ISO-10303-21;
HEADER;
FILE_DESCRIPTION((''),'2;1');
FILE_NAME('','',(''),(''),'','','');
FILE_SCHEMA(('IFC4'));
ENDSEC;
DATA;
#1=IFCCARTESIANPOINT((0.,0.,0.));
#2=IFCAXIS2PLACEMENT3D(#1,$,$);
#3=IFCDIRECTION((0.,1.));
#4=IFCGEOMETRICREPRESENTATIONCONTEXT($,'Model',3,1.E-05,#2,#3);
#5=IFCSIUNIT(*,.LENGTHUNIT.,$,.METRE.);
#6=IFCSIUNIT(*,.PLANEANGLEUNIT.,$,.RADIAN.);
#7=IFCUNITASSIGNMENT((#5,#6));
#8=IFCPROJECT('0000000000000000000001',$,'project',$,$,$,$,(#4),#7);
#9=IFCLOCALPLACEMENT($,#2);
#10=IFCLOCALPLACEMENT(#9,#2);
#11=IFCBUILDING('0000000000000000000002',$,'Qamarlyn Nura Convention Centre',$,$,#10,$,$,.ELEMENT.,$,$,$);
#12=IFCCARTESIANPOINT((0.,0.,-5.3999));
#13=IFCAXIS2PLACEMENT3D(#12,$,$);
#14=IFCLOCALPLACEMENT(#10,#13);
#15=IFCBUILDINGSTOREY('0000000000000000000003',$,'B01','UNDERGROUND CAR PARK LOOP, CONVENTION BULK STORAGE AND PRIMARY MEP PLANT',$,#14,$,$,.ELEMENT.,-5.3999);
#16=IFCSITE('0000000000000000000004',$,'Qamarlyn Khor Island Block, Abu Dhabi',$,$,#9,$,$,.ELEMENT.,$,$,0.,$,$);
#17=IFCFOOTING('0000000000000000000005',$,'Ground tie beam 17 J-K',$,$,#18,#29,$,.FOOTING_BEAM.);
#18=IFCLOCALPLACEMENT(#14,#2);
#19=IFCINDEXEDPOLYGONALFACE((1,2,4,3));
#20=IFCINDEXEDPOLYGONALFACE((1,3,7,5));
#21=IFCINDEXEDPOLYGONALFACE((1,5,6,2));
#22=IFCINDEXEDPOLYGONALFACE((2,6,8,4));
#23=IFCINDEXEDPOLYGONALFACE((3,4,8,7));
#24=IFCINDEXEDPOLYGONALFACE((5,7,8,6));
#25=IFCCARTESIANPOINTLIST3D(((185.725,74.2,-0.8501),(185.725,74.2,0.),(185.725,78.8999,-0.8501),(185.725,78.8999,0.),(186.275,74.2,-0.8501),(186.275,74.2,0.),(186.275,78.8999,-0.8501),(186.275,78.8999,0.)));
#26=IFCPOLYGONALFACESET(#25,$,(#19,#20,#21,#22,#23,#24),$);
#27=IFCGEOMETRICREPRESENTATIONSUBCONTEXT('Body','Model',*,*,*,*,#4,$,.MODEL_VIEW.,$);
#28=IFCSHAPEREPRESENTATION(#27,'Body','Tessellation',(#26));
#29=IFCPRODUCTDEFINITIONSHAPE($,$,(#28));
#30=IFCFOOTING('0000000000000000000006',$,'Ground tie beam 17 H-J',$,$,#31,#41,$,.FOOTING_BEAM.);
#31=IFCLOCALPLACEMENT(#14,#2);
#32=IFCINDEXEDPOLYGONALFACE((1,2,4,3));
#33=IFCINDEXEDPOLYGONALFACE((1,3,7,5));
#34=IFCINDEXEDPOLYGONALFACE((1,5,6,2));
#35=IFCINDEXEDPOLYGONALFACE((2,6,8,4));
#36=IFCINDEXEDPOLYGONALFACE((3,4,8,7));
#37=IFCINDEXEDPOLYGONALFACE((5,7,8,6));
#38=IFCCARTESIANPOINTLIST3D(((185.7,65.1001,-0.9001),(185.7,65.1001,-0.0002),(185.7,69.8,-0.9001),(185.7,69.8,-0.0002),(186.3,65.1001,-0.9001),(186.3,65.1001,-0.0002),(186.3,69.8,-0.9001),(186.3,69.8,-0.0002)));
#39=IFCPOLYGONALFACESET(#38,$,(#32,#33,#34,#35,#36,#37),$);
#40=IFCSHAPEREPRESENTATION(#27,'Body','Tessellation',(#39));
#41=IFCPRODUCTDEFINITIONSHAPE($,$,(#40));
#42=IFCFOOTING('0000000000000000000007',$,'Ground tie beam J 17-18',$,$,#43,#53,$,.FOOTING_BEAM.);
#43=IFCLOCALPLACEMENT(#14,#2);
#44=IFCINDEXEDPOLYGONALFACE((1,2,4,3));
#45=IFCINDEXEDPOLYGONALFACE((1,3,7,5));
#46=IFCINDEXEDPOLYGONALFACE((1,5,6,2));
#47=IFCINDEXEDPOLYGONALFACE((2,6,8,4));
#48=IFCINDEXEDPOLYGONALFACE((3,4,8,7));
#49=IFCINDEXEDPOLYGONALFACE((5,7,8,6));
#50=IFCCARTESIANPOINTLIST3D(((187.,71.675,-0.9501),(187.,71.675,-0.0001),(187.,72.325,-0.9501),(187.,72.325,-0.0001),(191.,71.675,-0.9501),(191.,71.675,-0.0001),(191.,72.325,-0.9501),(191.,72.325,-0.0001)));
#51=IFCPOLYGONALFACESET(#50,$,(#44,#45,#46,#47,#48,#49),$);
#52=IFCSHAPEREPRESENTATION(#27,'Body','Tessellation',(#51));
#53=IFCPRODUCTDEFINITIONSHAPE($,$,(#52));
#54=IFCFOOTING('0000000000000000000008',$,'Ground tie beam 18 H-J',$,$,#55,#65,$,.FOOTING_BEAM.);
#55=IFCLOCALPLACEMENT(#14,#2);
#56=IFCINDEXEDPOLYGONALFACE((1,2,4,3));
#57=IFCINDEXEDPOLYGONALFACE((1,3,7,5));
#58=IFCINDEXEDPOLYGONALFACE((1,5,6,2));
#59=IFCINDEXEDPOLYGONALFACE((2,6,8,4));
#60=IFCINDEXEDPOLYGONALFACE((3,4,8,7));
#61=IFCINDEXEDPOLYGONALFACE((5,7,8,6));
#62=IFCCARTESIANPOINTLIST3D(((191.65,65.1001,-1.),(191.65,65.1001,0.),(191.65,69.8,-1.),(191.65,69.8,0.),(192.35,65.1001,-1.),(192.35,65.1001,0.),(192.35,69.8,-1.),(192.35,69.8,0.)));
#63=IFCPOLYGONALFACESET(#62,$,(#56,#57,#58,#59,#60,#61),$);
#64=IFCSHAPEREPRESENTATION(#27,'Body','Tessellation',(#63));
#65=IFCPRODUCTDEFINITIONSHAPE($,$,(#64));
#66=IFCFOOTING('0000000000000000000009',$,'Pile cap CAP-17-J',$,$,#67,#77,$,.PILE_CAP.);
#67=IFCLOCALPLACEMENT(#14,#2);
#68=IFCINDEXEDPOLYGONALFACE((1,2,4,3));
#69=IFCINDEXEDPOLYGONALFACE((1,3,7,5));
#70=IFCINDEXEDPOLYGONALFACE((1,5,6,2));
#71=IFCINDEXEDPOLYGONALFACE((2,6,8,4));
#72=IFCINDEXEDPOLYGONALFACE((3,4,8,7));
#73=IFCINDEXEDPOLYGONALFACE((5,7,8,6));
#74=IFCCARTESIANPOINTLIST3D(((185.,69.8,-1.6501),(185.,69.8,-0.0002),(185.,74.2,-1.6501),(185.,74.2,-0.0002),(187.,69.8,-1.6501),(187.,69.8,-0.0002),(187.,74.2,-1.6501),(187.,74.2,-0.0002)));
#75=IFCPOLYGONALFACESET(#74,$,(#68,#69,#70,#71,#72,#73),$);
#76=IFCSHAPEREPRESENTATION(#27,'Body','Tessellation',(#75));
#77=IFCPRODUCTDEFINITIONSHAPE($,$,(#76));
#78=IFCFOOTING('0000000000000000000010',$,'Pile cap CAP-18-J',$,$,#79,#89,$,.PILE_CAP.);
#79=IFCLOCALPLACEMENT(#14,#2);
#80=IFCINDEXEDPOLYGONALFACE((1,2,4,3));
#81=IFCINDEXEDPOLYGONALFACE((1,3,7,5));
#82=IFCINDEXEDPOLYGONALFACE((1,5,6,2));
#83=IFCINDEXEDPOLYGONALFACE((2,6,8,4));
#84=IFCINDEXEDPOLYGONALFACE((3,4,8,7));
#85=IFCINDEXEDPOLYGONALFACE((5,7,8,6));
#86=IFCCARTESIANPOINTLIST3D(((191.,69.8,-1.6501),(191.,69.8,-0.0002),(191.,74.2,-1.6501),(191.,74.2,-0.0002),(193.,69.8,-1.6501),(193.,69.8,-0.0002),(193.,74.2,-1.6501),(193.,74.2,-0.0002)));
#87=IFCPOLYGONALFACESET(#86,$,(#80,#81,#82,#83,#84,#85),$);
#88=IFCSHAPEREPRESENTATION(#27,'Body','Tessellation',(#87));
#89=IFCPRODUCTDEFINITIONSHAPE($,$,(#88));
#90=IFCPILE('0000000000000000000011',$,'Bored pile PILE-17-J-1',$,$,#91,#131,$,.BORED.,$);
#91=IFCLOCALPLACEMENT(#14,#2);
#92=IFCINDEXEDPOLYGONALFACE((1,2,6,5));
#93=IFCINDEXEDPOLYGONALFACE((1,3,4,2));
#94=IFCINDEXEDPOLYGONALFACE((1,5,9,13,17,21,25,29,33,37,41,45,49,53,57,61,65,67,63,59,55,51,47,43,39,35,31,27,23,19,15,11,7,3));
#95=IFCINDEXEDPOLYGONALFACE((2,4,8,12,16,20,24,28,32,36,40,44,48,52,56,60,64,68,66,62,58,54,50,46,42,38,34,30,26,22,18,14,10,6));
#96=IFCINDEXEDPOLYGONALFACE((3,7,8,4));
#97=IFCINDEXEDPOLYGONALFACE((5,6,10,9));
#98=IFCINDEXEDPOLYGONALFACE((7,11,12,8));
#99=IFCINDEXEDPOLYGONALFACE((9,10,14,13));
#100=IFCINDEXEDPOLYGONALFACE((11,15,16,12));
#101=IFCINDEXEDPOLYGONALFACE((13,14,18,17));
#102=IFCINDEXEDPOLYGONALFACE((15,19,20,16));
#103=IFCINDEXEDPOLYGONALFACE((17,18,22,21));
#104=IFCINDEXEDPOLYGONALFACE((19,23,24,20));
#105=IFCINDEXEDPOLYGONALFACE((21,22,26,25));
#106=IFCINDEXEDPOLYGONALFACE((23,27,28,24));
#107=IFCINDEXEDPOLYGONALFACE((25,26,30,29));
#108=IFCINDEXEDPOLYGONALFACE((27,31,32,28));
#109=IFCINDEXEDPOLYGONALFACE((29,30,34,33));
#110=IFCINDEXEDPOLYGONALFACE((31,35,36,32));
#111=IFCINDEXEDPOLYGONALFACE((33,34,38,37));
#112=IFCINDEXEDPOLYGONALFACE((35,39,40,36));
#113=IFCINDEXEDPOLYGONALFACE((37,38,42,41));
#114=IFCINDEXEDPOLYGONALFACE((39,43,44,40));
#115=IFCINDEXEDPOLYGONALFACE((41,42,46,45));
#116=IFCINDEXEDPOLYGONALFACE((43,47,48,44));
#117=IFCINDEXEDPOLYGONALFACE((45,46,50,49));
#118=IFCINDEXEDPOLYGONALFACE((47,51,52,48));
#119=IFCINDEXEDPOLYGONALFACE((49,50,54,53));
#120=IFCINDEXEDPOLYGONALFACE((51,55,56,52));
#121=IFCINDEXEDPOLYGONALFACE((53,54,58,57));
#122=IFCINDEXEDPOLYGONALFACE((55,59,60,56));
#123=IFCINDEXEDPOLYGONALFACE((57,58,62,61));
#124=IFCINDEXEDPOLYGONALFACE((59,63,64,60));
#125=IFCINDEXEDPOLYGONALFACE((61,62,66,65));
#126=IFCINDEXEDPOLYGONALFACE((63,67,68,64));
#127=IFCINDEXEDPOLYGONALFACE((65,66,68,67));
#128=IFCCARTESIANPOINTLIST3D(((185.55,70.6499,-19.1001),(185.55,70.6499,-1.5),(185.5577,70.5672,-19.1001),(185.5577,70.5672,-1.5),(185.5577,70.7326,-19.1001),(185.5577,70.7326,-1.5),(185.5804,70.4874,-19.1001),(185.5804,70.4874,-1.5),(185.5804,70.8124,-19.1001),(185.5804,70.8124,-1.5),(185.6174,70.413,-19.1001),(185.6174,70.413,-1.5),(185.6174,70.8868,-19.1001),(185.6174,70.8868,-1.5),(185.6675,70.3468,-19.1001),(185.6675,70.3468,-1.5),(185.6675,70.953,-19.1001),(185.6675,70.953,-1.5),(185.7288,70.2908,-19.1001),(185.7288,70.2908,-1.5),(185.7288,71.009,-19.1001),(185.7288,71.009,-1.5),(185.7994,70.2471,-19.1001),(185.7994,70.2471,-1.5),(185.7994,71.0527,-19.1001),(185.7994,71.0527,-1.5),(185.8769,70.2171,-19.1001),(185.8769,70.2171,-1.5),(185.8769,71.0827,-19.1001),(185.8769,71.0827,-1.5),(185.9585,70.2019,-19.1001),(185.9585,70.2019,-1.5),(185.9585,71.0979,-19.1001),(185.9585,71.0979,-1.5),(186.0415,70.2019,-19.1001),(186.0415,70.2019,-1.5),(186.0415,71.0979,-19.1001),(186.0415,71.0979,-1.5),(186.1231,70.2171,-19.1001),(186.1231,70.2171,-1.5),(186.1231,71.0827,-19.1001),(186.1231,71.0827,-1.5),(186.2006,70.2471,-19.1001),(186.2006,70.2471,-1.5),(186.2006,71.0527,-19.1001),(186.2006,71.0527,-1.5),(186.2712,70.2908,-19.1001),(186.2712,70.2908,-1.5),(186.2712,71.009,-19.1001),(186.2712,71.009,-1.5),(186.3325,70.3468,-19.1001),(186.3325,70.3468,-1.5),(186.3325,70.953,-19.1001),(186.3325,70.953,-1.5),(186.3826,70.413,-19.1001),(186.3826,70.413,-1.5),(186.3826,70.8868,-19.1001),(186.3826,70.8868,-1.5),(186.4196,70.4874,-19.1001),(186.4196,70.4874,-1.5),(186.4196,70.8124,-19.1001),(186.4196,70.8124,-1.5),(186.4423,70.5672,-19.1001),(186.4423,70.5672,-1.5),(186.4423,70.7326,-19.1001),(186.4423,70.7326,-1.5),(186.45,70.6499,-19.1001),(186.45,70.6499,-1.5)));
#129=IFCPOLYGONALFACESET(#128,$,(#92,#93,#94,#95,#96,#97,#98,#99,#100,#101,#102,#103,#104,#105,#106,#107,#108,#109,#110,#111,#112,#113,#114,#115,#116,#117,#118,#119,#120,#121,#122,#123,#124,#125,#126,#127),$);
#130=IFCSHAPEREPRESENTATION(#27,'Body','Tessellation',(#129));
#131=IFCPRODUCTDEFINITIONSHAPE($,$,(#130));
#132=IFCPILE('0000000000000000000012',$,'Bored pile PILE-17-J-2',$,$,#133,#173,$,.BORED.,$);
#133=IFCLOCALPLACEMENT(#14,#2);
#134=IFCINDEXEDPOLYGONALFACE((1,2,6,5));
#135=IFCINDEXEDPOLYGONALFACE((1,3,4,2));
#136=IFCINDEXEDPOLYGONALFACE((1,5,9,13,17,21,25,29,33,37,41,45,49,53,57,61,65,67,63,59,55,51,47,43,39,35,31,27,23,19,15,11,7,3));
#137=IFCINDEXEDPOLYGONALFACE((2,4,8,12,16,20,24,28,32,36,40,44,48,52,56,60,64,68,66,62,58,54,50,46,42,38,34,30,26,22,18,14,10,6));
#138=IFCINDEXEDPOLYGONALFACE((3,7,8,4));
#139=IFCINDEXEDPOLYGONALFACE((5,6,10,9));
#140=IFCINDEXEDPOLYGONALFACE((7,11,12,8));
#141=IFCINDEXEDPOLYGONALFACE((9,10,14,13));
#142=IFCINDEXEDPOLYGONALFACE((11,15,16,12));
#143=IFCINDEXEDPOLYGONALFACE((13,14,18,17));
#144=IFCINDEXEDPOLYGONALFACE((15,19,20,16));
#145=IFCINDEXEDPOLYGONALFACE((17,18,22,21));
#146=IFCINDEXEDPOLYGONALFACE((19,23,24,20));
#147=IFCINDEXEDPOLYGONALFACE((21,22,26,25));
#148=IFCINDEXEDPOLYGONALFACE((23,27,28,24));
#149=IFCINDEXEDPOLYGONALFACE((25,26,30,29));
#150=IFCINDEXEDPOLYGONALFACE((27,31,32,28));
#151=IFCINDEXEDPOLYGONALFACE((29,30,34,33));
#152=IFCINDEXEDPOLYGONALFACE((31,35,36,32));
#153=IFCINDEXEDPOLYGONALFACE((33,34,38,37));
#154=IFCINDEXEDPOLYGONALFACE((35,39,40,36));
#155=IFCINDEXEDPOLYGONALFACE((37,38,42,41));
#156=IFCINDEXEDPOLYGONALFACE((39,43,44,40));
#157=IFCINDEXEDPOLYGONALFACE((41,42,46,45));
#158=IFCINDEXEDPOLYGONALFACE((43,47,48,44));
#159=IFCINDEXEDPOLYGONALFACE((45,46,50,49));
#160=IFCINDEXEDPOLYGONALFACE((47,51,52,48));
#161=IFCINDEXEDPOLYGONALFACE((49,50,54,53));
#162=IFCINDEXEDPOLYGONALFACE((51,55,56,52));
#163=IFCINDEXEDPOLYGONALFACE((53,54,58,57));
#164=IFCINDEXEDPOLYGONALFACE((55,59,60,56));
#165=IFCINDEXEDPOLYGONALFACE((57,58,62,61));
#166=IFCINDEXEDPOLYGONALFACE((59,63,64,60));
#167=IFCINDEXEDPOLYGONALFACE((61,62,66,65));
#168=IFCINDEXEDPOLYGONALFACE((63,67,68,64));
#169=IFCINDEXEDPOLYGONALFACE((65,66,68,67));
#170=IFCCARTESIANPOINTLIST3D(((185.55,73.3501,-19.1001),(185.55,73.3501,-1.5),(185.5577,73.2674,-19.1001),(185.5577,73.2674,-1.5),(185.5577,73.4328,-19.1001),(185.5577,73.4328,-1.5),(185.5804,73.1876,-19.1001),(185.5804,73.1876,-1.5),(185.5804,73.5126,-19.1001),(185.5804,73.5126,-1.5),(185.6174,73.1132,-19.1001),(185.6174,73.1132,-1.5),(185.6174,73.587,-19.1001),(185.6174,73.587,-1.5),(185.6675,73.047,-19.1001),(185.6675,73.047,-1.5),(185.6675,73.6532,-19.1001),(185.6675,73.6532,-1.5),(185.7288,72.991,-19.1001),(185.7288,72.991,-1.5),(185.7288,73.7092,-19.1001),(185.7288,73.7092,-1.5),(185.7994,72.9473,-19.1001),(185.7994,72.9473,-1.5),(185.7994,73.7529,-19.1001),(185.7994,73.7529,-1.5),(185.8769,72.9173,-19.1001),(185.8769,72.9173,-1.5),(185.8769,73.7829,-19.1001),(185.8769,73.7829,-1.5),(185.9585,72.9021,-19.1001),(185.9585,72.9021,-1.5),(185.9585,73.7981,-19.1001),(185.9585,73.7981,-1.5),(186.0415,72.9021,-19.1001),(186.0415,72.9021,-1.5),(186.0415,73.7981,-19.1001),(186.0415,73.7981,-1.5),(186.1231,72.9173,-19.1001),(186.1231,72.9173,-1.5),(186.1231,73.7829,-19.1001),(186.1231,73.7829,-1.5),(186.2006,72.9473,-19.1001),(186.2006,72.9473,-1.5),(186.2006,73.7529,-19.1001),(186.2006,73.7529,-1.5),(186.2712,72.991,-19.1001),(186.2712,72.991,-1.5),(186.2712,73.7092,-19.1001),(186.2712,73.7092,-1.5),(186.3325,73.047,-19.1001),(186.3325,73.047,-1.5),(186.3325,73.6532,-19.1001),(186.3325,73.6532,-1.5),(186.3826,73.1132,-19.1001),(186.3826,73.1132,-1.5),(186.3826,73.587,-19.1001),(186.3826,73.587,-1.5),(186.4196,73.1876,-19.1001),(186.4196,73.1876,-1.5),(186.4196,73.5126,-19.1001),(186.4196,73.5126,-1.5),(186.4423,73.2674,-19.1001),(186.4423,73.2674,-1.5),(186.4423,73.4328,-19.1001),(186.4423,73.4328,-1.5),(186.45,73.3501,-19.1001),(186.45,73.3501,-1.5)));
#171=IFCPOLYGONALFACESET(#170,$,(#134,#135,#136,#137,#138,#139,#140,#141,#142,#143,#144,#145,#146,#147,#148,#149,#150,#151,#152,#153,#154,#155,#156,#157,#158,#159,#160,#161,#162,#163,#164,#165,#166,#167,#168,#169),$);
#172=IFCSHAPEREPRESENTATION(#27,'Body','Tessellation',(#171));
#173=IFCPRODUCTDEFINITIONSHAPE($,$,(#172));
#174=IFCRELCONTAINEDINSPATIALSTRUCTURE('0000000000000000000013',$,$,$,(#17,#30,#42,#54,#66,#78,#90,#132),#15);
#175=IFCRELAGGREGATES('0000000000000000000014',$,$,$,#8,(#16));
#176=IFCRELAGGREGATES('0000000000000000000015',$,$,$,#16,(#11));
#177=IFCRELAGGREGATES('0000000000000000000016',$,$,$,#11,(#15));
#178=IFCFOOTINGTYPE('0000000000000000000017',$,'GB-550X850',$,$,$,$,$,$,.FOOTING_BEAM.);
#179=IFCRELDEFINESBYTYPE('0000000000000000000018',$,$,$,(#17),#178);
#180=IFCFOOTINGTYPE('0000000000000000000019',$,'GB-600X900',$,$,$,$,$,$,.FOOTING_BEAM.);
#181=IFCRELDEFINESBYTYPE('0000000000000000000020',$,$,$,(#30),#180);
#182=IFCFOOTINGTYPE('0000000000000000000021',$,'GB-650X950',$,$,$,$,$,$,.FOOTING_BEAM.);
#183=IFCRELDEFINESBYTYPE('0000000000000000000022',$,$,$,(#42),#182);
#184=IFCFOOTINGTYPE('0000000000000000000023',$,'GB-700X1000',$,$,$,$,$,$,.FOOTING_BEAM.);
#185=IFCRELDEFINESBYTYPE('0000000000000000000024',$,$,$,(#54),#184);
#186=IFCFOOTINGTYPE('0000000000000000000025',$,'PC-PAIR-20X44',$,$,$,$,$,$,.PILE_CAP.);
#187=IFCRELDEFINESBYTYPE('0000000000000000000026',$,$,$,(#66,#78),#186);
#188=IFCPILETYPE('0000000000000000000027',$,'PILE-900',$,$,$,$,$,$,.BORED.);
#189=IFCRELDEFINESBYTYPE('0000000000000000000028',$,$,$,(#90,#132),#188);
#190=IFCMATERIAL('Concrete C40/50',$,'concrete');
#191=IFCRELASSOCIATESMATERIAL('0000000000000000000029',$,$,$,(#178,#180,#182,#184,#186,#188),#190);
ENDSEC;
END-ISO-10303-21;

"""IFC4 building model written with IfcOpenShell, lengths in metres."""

from ifc_helpers import new_model, si_unit, direction, frame, origin, origin_2d, place, context, subcontext, project, spatial, rectangle, circle, extrude, material, material_profile, profile_set, type_object, element, save


model = new_model("IFC4")

# Units and contexts
model_context = context("Model", 3, precision=1e-05, world=origin(), true_north=direction((0.0, 1.0)))
body_context = subcontext(model_context, "Body", "Model", "MODEL_VIEW")
ifc_project = project(units=[si_unit("LENGTHUNIT", "METRE"), si_unit("PLANEANGLEUNIT", "RADIAN")], contexts=[model_context])

# Site, building, storey
site_placement = place(None, origin())
site = spatial("IfcSite", under=ifc_project, at=site_placement, Name="Qamarlyn Khor Island Block, Abu Dhabi", CompositionType="ELEMENT", RefElevation=0.0)
building_placement = place(site_placement, origin())
building = spatial("IfcBuilding", under=site, at=building_placement, Name="Qamarlyn Nura Convention Centre", CompositionType="ELEMENT")
storey_placement = place(building_placement, frame((0.0, 0.0, -5.3999)))
storey = spatial("IfcBuildingStorey", under=building, at=storey_placement, Name="B01", Description="UNDERGROUND CAR PARK LOOP, CONVENTION BULK STORAGE AND PRIMARY MEP PLANT", CompositionType="ELEMENT", Elevation=-5.3999)

# Footings
ifc_material_1 = material(Name="Concrete C40/50", Category="concrete")
ifc_material_profile_1 = material_profile(ifc_material_1, rectangle(XDim=0.55, YDim=0.8501, at=origin_2d()), Name="RC GB 550x850")
ifc_profile_set_1 = profile_set([ifc_material_profile_1], Name="Concrete C40/50")
footing_type_1 = type_object("IfcFootingType", Name="GB-550X850", PredefinedType="FOOTING_BEAM", material=ifc_profile_set_1)
footing_1_placement = place(storey_placement, frame((186.0, 74.2, -0.425), z_axis=(0.0, 1.0, 0.0), x_axis=(-1.0, 0.0, 0.0)))
element("IfcFooting", 1, at=footing_1_placement, inside=storey, type_object=footing_type_1, Name="Ground tie beam 17 J-K", PredefinedType="FOOTING_BEAM", context=body_context, shape_type="SweptSolid", body=[
    extrude(rectangle(XDim=0.55, YDim=0.8501, at=origin_2d()), origin(), (0.0, 0.0, 1.0), 4.7),
])
ifc_material_profile_2 = material_profile(ifc_material_1, rectangle(XDim=0.6001, YDim=0.8999, at=origin_2d()), Name="RC GB 600x900")
ifc_profile_set_2 = profile_set([ifc_material_profile_2], Name="Concrete C40/50")
footing_type_2 = type_object("IfcFootingType", Name="GB-600X900", PredefinedType="FOOTING_BEAM", material=ifc_profile_set_2)
footing_2_placement = place(storey_placement, frame((186.0, 65.1001, -0.4502), z_axis=(0.0, 1.0, 0.0), x_axis=(-1.0, 0.0, 0.0)))
element("IfcFooting", 2, at=footing_2_placement, inside=storey, type_object=footing_type_2, Name="Ground tie beam 17 H-J", PredefinedType="FOOTING_BEAM", context=body_context, shape_type="SweptSolid", body=[
    extrude(rectangle(XDim=0.6001, YDim=0.8999, at=origin_2d()), origin(), (0.0, 0.0, 1.0), 4.7),
])
ifc_material_profile_3 = material_profile(ifc_material_1, rectangle(XDim=0.6499, YDim=0.95, at=origin_2d()), Name="RC GB 650x950")
ifc_profile_set_3 = profile_set([ifc_material_profile_3], Name="Concrete C40/50")
footing_type_3 = type_object("IfcFootingType", Name="GB-650X950", PredefinedType="FOOTING_BEAM", material=ifc_profile_set_3)
footing_3_placement = place(storey_placement, frame((187.0, 72.0, -0.4751), z_axis=(1.0, 0.0, 0.0), x_axis=(0.0, 1.0, 0.0)))
element("IfcFooting", 3, at=footing_3_placement, inside=storey, type_object=footing_type_3, Name="Ground tie beam J 17-18", PredefinedType="FOOTING_BEAM", context=body_context, shape_type="SweptSolid", body=[
    extrude(rectangle(XDim=0.6499, YDim=0.95, at=origin_2d()), origin(), (0.0, 0.0, 1.0), 4.0),
])
ifc_material_profile_4 = material_profile(ifc_material_1, rectangle(XDim=0.7, YDim=1.0, at=origin_2d()), Name="RC GB 700x1000")
ifc_profile_set_4 = profile_set([ifc_material_profile_4], Name="Concrete C40/50")
footing_type_4 = type_object("IfcFootingType", Name="GB-700X1000", PredefinedType="FOOTING_BEAM", material=ifc_profile_set_4)
footing_4_placement = place(storey_placement, frame((192.0, 65.1001, -0.5), z_axis=(0.0, 1.0, 0.0), x_axis=(-1.0, 0.0, 0.0)))
element("IfcFooting", 4, at=footing_4_placement, inside=storey, type_object=footing_type_4, Name="Ground tie beam 18 H-J", PredefinedType="FOOTING_BEAM", context=body_context, shape_type="SweptSolid", body=[
    extrude(rectangle(XDim=0.7, YDim=1.0, at=origin_2d()), origin(), (0.0, 0.0, 1.0), 4.7),
])
footing_type_5 = type_object("IfcFootingType", Name="PC-PAIR-20X44", PredefinedType="PILE_CAP", material=ifc_material_1)
for number, where, z_axis, x_axis, name in (
    (5, (186.0, 72.0, -1.6501), (0.0, 0.0, 1.0), (1.0, 0.0, 0.0), "Pile cap CAP-17-J"),
    (6, (192.0, 72.0, -1.6501), (0.0, 0.0, 1.0), (1.0, 0.0, 0.0), "Pile cap CAP-18-J"),
):
    element("IfcFooting", number, at=place(storey_placement, frame(where, z_axis=z_axis, x_axis=x_axis)), inside=storey, type_object=footing_type_5, Name=name, PredefinedType="PILE_CAP", context=body_context, shape_type="SweptSolid", body=[
        extrude(rectangle(XDim=2.0, YDim=4.3999, at=origin_2d()), origin(), (0.0, 0.0, 1.0), 1.6499),
    ])

# Piles
ifc_material_profile_5 = material_profile(ifc_material_1, circle(Radius=0.45, at=origin_2d()), Name="BORED PILE 900")
ifc_profile_set_5 = profile_set([ifc_material_profile_5], Name="Concrete C40/50")
pile_type = type_object("IfcPileType", Name="PILE-900", PredefinedType="BORED", material=ifc_profile_set_5)
for number, where, z_axis, x_axis, name in (
    (7, (186.0, 70.6499, -1.5), (0.0, 0.0, -1.0), (1.0, 0.0, 0.0), "Bored pile PILE-17-J-1"),
    (8, (186.0, 73.3501, -1.5), (0.0, 0.0, -1.0), (1.0, 0.0, 0.0), "Bored pile PILE-17-J-2"),
):
    element("IfcPile", number, at=place(storey_placement, frame(where, z_axis=z_axis, x_axis=x_axis)), inside=storey, type_object=pile_type, Name=name, PredefinedType="BORED", context=body_context, shape_type="SweptSolid", body=[
        extrude(circle(Radius=0.45, at=origin_2d()), origin(), (0.0, 0.0, 1.0), 17.6001),
    ])

save(model, "model.ifc")
